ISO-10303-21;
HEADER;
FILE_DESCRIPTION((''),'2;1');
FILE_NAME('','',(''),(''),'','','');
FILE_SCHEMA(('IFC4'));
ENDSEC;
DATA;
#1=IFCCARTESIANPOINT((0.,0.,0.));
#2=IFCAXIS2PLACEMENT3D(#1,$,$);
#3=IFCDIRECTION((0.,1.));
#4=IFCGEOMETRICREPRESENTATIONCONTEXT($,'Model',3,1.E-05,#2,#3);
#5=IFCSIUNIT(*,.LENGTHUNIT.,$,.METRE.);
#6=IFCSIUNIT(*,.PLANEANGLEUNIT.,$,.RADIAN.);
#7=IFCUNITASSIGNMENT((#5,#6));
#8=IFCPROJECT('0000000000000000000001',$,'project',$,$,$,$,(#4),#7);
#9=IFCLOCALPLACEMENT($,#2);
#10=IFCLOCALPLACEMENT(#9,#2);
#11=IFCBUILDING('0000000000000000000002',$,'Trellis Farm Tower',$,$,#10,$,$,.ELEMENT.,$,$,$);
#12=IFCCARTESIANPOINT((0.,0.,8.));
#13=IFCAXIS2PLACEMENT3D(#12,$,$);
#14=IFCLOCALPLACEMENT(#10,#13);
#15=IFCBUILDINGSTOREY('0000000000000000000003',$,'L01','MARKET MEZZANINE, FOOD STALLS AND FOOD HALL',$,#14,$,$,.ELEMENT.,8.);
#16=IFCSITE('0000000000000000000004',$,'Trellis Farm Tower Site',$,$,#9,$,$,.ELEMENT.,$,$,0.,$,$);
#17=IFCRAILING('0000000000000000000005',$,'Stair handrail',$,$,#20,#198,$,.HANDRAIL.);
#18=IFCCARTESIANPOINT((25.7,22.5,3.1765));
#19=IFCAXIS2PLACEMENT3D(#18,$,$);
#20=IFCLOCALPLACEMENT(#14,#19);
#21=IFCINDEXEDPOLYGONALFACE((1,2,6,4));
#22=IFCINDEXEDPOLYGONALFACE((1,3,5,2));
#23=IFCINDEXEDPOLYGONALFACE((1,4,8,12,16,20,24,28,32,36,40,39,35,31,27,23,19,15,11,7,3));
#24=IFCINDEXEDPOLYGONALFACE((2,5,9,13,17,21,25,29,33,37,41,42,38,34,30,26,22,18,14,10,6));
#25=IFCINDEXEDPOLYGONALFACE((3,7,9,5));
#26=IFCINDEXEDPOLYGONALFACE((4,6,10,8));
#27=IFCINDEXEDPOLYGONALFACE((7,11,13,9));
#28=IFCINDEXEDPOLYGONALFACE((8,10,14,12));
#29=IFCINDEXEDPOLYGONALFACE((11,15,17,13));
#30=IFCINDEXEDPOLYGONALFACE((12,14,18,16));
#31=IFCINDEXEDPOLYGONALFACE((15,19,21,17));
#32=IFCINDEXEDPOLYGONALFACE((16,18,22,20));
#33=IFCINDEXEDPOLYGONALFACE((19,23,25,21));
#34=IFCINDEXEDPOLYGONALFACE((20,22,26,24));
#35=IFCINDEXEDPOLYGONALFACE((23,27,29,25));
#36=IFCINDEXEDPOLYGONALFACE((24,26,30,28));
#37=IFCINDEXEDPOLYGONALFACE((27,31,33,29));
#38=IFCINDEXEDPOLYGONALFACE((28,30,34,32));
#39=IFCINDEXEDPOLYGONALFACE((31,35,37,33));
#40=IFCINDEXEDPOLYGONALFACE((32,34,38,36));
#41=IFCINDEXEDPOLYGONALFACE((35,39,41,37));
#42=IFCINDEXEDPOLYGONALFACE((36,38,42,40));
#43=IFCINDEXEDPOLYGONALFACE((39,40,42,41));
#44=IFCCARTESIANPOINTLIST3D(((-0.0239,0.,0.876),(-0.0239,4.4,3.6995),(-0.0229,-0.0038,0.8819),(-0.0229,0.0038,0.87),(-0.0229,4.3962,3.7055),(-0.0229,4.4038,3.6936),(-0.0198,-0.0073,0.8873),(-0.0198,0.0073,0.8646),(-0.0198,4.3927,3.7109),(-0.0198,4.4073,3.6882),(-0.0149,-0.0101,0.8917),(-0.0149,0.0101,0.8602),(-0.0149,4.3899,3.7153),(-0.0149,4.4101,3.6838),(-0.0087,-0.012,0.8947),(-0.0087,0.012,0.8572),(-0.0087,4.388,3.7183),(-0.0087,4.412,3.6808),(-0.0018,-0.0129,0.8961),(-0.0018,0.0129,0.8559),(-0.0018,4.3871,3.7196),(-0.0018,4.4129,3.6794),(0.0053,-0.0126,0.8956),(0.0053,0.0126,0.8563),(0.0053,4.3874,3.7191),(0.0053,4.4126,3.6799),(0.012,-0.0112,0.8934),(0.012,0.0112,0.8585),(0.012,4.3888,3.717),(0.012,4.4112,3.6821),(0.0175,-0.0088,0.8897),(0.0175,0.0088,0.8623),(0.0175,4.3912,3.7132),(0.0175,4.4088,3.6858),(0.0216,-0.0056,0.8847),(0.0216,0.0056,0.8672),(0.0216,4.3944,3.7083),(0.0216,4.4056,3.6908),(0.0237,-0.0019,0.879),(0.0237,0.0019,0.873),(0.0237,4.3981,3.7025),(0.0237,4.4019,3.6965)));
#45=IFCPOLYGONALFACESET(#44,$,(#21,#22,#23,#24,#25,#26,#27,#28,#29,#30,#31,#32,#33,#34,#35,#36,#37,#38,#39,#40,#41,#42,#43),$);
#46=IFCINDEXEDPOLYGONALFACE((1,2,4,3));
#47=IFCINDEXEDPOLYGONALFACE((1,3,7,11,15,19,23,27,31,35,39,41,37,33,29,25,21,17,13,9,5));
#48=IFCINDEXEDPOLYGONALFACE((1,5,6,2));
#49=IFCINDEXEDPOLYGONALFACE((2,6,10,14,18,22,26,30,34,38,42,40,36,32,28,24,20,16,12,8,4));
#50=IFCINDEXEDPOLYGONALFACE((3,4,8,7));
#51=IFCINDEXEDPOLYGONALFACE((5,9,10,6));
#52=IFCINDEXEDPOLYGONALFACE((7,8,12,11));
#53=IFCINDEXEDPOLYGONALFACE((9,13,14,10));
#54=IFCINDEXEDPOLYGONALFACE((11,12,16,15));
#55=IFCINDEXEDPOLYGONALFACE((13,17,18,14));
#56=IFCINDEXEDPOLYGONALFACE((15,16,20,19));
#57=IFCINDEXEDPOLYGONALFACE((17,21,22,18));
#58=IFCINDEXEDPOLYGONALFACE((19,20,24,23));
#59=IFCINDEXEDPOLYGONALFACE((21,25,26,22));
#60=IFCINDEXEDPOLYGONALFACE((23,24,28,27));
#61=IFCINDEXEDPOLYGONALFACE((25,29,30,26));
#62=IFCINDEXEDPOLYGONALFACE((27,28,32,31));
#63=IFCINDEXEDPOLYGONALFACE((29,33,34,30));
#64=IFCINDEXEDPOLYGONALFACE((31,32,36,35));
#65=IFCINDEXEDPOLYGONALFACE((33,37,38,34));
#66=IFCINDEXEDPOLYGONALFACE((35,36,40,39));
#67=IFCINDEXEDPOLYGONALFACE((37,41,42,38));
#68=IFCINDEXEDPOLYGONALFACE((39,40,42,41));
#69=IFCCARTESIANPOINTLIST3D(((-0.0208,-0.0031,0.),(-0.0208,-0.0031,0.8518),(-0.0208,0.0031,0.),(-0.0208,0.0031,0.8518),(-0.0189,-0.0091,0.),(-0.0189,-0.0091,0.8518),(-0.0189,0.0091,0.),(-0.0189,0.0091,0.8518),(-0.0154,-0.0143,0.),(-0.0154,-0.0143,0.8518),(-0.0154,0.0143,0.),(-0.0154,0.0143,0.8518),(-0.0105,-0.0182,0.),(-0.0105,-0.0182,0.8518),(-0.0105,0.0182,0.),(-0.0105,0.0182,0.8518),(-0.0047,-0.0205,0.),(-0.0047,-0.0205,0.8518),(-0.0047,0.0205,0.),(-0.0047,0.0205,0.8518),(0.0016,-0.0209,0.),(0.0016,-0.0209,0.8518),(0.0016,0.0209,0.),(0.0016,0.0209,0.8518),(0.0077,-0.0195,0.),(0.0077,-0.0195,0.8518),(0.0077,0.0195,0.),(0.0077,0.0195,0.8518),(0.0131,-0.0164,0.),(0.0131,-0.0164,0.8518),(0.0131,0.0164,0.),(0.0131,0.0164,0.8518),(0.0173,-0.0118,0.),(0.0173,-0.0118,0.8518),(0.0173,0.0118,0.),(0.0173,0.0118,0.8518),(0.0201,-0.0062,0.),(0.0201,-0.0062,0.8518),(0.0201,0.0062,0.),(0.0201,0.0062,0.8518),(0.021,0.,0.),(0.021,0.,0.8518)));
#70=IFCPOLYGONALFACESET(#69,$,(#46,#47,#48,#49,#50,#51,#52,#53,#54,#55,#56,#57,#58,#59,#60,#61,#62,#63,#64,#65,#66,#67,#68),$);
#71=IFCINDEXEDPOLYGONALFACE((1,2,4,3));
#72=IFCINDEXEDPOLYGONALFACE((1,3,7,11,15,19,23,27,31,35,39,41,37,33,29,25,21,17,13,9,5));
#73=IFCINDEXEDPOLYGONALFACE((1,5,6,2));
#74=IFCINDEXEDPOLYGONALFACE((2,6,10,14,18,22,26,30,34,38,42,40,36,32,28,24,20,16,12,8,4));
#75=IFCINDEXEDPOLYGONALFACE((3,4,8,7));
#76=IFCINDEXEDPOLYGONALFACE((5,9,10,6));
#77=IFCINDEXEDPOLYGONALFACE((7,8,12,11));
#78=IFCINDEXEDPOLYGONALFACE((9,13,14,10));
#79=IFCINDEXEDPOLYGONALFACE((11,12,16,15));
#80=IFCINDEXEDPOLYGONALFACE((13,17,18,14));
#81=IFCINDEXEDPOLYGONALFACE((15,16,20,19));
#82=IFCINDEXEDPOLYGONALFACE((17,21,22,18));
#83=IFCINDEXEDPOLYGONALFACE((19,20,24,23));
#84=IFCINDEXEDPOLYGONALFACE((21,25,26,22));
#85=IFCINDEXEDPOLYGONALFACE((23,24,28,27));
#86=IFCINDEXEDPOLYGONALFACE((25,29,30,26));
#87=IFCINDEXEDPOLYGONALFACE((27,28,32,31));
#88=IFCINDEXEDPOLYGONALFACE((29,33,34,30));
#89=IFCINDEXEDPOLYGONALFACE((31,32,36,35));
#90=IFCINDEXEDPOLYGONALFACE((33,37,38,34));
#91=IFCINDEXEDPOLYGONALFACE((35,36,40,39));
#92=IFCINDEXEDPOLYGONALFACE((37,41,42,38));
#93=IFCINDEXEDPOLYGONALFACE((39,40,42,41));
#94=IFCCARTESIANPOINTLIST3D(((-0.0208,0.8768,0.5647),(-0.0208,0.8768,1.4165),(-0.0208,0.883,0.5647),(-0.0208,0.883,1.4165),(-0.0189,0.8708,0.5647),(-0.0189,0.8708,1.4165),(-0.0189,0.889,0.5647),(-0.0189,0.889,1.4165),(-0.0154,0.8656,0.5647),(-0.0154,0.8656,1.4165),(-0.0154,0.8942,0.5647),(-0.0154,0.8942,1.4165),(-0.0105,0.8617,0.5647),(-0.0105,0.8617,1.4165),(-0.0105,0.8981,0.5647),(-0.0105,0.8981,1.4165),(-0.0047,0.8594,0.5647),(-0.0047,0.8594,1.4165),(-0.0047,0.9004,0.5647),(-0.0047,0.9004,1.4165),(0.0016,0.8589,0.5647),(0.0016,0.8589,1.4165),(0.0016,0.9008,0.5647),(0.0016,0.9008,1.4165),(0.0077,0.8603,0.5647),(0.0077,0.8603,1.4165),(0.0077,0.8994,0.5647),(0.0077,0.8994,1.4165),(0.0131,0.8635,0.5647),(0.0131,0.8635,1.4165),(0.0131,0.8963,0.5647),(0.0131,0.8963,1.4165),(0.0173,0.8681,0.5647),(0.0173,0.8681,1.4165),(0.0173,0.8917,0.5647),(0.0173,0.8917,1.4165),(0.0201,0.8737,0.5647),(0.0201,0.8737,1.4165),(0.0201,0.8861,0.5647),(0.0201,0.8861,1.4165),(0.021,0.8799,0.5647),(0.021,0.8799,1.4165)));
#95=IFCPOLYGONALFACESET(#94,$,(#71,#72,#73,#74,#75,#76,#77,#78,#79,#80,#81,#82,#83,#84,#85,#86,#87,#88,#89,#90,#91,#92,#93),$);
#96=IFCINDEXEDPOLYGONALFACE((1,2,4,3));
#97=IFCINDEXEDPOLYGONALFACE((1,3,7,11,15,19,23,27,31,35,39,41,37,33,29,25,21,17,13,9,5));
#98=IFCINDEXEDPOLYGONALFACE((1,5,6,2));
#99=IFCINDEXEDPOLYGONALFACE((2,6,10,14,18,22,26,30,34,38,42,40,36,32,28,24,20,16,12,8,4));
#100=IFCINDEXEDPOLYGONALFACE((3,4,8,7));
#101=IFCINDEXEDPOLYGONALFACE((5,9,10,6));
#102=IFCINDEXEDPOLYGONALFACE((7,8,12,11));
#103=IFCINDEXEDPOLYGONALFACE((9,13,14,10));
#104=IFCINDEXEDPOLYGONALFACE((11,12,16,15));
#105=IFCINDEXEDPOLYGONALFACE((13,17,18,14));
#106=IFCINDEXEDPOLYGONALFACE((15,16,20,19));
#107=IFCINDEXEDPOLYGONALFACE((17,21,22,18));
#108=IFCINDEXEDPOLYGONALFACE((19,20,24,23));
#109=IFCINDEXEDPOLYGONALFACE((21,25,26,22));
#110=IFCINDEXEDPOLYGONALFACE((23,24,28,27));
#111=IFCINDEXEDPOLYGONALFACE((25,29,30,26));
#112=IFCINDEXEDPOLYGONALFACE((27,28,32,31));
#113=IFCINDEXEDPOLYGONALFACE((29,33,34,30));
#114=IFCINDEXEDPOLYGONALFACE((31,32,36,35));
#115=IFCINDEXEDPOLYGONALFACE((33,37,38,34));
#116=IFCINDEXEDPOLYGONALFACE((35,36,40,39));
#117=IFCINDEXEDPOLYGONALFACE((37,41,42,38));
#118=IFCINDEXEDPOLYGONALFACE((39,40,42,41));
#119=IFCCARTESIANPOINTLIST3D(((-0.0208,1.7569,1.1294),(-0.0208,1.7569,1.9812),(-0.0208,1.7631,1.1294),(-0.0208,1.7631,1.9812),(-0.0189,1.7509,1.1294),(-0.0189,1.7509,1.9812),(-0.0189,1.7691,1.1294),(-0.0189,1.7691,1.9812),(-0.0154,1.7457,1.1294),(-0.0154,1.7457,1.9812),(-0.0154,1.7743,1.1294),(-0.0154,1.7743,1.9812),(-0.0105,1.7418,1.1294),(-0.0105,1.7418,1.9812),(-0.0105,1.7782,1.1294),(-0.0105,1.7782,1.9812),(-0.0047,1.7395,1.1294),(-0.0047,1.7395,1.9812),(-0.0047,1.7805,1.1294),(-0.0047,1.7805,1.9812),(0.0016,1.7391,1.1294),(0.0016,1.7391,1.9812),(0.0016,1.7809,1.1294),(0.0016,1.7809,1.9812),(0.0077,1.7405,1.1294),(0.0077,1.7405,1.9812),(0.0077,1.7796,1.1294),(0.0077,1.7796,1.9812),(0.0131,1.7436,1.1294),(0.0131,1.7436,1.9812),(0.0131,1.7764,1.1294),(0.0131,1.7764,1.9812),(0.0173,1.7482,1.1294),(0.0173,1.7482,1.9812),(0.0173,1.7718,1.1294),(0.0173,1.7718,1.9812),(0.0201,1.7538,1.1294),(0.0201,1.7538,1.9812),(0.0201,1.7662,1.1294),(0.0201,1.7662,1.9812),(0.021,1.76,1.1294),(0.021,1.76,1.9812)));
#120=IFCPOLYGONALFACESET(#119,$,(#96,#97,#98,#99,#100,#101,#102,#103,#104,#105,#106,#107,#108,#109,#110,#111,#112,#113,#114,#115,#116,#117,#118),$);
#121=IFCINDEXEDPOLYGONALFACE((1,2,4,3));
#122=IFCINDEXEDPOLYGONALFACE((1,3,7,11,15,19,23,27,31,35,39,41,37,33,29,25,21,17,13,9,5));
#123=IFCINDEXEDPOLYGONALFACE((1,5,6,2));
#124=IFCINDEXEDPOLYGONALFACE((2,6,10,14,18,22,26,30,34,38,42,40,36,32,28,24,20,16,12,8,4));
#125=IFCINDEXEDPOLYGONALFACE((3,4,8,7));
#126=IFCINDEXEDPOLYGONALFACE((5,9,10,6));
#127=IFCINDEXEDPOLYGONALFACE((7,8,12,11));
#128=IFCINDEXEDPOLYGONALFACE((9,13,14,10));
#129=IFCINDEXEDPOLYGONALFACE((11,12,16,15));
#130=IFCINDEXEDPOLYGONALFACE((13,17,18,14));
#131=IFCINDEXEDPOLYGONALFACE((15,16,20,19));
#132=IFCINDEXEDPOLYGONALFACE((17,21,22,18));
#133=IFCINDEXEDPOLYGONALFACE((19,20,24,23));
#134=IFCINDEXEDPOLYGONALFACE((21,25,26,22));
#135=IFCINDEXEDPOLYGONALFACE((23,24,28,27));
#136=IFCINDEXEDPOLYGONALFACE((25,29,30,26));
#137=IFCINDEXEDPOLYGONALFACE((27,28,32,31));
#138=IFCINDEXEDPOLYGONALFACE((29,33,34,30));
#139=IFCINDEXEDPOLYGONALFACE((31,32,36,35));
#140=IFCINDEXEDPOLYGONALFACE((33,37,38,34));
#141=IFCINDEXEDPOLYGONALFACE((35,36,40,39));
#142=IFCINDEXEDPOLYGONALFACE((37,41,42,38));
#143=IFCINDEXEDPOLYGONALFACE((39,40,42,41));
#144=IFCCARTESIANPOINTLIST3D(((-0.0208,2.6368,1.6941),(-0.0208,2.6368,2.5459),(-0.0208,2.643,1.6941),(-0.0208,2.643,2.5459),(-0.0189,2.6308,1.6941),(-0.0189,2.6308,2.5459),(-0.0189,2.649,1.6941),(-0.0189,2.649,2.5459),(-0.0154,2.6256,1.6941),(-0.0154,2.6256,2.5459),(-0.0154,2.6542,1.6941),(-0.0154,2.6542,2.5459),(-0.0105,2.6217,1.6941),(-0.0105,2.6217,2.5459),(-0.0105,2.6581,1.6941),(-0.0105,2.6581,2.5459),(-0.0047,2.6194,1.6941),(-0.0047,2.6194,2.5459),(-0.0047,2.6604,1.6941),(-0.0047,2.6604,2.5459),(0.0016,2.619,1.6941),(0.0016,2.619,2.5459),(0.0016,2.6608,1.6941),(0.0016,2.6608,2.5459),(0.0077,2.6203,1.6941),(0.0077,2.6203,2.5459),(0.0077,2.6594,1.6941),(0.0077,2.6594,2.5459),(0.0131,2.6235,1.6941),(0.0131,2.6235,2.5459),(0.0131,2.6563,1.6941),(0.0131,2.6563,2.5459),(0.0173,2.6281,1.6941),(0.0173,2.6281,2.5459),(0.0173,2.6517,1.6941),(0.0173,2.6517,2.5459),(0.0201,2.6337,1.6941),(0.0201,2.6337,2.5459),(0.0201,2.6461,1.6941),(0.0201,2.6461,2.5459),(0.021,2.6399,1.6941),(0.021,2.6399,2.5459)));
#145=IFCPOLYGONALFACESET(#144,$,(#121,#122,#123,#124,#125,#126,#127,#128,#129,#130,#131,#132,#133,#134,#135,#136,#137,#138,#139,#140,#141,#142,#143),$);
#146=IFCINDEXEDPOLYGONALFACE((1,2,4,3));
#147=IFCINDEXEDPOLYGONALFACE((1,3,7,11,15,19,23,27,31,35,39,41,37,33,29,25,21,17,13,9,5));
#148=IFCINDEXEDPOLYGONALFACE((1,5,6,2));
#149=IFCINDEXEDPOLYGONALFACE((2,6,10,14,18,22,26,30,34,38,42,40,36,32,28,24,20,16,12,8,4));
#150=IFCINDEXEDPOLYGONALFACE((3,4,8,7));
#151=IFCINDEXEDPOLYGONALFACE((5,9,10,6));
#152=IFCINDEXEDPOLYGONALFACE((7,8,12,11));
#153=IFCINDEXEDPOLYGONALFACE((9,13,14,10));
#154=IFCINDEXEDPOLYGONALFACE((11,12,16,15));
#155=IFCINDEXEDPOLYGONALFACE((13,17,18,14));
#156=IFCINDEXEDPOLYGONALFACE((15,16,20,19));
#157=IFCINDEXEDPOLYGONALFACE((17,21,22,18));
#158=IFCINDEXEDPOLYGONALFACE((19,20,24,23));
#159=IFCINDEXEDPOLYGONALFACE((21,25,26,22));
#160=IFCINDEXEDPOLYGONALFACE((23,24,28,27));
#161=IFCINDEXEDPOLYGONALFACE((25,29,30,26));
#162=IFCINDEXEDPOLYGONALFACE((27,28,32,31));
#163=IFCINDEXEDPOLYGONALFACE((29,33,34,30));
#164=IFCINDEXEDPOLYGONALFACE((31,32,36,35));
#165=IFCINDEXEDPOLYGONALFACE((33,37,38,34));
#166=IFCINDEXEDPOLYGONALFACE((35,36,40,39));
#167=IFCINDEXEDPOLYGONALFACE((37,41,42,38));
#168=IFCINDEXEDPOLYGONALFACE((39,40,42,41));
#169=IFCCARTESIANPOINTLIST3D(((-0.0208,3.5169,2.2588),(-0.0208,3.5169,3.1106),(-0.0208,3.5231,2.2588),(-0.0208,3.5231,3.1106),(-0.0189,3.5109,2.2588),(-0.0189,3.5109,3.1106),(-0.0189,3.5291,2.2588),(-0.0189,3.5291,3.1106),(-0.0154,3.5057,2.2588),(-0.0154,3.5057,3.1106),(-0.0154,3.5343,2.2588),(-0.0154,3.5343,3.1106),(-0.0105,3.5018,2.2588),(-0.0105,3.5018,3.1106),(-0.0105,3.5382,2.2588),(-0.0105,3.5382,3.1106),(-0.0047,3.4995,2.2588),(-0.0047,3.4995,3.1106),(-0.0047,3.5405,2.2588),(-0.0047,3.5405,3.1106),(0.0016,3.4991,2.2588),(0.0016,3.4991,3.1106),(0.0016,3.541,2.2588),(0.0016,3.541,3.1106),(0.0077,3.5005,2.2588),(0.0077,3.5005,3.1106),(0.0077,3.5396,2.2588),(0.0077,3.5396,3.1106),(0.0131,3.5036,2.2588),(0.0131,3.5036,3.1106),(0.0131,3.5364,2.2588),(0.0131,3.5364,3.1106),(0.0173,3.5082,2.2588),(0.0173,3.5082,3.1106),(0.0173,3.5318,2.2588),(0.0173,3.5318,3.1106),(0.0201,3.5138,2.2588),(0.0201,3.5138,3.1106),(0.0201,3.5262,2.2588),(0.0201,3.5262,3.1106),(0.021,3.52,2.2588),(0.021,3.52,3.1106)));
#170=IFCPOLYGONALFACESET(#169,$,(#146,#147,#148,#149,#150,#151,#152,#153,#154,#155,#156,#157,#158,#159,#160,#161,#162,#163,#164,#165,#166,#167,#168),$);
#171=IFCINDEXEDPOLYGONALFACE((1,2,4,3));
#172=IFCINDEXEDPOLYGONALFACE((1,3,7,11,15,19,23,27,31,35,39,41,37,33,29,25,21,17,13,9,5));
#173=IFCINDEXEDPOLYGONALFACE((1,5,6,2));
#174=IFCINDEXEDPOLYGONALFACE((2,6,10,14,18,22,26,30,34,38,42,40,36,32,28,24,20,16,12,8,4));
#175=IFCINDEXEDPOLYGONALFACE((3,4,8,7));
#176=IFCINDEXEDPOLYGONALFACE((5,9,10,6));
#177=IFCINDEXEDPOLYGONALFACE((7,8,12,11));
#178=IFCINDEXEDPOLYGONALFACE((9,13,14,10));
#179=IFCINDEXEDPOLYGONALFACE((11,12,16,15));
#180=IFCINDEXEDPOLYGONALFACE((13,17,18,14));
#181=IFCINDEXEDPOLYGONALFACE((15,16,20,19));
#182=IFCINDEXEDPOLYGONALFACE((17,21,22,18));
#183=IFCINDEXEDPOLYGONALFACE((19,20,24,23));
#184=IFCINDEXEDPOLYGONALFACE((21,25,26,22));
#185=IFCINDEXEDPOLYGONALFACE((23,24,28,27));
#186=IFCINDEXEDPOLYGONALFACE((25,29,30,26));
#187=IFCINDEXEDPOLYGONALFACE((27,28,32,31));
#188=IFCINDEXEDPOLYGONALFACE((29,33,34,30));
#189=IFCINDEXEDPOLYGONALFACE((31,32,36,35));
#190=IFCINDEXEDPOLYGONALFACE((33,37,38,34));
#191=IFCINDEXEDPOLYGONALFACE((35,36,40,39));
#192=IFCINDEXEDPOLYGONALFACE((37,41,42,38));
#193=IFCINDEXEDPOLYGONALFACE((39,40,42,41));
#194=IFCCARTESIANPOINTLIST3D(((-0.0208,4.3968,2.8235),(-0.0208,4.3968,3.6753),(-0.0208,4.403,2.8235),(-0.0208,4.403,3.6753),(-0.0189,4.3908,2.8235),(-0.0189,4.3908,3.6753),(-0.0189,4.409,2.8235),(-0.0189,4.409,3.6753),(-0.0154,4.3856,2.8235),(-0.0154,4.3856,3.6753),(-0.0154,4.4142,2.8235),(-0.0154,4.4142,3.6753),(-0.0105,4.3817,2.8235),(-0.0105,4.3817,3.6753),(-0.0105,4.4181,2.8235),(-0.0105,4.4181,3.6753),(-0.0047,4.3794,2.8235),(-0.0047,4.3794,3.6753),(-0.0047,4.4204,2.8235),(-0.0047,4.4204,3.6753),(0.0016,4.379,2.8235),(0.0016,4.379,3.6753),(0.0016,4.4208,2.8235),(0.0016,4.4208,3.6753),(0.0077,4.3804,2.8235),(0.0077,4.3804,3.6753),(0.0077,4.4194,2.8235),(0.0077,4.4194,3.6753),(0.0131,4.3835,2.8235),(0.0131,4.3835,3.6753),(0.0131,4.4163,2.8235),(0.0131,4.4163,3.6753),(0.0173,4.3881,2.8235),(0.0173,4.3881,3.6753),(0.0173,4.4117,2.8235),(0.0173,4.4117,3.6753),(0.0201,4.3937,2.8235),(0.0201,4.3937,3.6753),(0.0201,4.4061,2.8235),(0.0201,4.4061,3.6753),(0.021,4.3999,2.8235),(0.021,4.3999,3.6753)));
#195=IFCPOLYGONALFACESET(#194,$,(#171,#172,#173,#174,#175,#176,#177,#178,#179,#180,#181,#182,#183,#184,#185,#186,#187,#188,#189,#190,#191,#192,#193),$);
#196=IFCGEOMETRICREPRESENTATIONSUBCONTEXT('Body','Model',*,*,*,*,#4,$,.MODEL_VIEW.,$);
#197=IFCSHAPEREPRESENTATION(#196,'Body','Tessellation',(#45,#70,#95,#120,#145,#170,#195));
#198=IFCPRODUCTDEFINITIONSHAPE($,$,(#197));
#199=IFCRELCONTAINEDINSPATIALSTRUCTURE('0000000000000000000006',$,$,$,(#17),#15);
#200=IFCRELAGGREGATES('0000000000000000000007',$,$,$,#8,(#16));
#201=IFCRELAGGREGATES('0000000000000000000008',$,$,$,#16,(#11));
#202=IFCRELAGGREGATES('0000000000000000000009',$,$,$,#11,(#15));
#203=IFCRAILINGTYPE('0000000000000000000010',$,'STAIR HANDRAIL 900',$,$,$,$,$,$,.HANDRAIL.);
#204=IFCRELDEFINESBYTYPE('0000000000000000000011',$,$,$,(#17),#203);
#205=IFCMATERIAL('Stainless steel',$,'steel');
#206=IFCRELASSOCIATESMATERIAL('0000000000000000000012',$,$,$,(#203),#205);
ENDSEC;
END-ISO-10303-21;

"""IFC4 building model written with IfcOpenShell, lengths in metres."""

from ifc_helpers import new_model, si_unit, direction, frame, origin, origin_2d, place, context, subcontext, project, spatial, circle, extrude, source, transform, mapped, material, type_object, element, save


model = new_model("IFC4")

# Units and contexts
model_context = context("Model", 3, precision=1e-05, world=origin(), true_north=direction((0.0, 1.0)))
body_context = subcontext(model_context, "Body", "Model", "MODEL_VIEW")
ifc_project = project(units=[si_unit("LENGTHUNIT", "METRE"), si_unit("PLANEANGLEUNIT", "RADIAN")], contexts=[model_context])

# Site, building, storey
site_placement = place(None, origin())
site = spatial("IfcSite", under=ifc_project, at=site_placement, Name="Trellis Farm Tower Site", CompositionType="ELEMENT", RefElevation=0.0)
building_placement = place(site_placement, origin())
building = spatial("IfcBuilding", under=site, at=building_placement, Name="Trellis Farm Tower", CompositionType="ELEMENT")
storey_placement = place(building_placement, frame((0.0, 0.0, 8.0)))
storey = spatial("IfcBuildingStorey", under=building, at=storey_placement, Name="L01", Description="MARKET MEZZANINE, FOOD STALLS AND FOOD HALL", CompositionType="ELEMENT", Elevation=8.0)

# Railing
ifc_material_1 = material(Name="Stainless steel", Category="steel")
railing_type = type_object("IfcRailingType", Name="STAIR HANDRAIL 900", PredefinedType="HANDRAIL", material=ifc_material_1)
shared_shape_1 = source(origin(), body_context, "Body", "SweptSolid", [
    extrude(circle(Radius=0.0239, at=origin_2d()), frame((0.0, 0.0, 0.876), z_axis=(0.0, 0.841615, 0.540078), x_axis=(-1.0, 0.0, 0.0)), (0.0, 0.0, 1.0), 5.228),
    extrude(circle(Radius=0.021, at=origin_2d()), origin(), (0.0, 0.0, 1.0), 0.8518),
    extrude(circle(Radius=0.021, at=origin_2d()), frame((0.0, 0.8799, 0.5647)), (0.0, 0.0, 1.0), 0.8518),
    extrude(circle(Radius=0.021, at=origin_2d()), frame((0.0, 1.76, 1.1294)), (0.0, 0.0, 1.0), 0.8518),
    extrude(circle(Radius=0.021, at=origin_2d()), frame((0.0, 2.6399, 1.6941)), (0.0, 0.0, 1.0), 0.8518),
    extrude(circle(Radius=0.021, at=origin_2d()), frame((0.0, 3.52, 2.2588)), (0.0, 0.0, 1.0), 0.8518),
    extrude(circle(Radius=0.021, at=origin_2d()), frame((0.0, 4.3999, 2.8235)), (0.0, 0.0, 1.0), 0.8518),
])
railing_placement = place(storey_placement, frame((25.7, 22.5, 3.1765)))
element("IfcRailing", 1, at=railing_placement, inside=storey, type_object=railing_type, Name="Stair handrail", PredefinedType="HANDRAIL", context=body_context, shape_type="MappedRepresentation", body=[
    mapped(shared_shape_1, transform((0.0, 0.0, 0.0))),
])

save(model, "model.ifc")
